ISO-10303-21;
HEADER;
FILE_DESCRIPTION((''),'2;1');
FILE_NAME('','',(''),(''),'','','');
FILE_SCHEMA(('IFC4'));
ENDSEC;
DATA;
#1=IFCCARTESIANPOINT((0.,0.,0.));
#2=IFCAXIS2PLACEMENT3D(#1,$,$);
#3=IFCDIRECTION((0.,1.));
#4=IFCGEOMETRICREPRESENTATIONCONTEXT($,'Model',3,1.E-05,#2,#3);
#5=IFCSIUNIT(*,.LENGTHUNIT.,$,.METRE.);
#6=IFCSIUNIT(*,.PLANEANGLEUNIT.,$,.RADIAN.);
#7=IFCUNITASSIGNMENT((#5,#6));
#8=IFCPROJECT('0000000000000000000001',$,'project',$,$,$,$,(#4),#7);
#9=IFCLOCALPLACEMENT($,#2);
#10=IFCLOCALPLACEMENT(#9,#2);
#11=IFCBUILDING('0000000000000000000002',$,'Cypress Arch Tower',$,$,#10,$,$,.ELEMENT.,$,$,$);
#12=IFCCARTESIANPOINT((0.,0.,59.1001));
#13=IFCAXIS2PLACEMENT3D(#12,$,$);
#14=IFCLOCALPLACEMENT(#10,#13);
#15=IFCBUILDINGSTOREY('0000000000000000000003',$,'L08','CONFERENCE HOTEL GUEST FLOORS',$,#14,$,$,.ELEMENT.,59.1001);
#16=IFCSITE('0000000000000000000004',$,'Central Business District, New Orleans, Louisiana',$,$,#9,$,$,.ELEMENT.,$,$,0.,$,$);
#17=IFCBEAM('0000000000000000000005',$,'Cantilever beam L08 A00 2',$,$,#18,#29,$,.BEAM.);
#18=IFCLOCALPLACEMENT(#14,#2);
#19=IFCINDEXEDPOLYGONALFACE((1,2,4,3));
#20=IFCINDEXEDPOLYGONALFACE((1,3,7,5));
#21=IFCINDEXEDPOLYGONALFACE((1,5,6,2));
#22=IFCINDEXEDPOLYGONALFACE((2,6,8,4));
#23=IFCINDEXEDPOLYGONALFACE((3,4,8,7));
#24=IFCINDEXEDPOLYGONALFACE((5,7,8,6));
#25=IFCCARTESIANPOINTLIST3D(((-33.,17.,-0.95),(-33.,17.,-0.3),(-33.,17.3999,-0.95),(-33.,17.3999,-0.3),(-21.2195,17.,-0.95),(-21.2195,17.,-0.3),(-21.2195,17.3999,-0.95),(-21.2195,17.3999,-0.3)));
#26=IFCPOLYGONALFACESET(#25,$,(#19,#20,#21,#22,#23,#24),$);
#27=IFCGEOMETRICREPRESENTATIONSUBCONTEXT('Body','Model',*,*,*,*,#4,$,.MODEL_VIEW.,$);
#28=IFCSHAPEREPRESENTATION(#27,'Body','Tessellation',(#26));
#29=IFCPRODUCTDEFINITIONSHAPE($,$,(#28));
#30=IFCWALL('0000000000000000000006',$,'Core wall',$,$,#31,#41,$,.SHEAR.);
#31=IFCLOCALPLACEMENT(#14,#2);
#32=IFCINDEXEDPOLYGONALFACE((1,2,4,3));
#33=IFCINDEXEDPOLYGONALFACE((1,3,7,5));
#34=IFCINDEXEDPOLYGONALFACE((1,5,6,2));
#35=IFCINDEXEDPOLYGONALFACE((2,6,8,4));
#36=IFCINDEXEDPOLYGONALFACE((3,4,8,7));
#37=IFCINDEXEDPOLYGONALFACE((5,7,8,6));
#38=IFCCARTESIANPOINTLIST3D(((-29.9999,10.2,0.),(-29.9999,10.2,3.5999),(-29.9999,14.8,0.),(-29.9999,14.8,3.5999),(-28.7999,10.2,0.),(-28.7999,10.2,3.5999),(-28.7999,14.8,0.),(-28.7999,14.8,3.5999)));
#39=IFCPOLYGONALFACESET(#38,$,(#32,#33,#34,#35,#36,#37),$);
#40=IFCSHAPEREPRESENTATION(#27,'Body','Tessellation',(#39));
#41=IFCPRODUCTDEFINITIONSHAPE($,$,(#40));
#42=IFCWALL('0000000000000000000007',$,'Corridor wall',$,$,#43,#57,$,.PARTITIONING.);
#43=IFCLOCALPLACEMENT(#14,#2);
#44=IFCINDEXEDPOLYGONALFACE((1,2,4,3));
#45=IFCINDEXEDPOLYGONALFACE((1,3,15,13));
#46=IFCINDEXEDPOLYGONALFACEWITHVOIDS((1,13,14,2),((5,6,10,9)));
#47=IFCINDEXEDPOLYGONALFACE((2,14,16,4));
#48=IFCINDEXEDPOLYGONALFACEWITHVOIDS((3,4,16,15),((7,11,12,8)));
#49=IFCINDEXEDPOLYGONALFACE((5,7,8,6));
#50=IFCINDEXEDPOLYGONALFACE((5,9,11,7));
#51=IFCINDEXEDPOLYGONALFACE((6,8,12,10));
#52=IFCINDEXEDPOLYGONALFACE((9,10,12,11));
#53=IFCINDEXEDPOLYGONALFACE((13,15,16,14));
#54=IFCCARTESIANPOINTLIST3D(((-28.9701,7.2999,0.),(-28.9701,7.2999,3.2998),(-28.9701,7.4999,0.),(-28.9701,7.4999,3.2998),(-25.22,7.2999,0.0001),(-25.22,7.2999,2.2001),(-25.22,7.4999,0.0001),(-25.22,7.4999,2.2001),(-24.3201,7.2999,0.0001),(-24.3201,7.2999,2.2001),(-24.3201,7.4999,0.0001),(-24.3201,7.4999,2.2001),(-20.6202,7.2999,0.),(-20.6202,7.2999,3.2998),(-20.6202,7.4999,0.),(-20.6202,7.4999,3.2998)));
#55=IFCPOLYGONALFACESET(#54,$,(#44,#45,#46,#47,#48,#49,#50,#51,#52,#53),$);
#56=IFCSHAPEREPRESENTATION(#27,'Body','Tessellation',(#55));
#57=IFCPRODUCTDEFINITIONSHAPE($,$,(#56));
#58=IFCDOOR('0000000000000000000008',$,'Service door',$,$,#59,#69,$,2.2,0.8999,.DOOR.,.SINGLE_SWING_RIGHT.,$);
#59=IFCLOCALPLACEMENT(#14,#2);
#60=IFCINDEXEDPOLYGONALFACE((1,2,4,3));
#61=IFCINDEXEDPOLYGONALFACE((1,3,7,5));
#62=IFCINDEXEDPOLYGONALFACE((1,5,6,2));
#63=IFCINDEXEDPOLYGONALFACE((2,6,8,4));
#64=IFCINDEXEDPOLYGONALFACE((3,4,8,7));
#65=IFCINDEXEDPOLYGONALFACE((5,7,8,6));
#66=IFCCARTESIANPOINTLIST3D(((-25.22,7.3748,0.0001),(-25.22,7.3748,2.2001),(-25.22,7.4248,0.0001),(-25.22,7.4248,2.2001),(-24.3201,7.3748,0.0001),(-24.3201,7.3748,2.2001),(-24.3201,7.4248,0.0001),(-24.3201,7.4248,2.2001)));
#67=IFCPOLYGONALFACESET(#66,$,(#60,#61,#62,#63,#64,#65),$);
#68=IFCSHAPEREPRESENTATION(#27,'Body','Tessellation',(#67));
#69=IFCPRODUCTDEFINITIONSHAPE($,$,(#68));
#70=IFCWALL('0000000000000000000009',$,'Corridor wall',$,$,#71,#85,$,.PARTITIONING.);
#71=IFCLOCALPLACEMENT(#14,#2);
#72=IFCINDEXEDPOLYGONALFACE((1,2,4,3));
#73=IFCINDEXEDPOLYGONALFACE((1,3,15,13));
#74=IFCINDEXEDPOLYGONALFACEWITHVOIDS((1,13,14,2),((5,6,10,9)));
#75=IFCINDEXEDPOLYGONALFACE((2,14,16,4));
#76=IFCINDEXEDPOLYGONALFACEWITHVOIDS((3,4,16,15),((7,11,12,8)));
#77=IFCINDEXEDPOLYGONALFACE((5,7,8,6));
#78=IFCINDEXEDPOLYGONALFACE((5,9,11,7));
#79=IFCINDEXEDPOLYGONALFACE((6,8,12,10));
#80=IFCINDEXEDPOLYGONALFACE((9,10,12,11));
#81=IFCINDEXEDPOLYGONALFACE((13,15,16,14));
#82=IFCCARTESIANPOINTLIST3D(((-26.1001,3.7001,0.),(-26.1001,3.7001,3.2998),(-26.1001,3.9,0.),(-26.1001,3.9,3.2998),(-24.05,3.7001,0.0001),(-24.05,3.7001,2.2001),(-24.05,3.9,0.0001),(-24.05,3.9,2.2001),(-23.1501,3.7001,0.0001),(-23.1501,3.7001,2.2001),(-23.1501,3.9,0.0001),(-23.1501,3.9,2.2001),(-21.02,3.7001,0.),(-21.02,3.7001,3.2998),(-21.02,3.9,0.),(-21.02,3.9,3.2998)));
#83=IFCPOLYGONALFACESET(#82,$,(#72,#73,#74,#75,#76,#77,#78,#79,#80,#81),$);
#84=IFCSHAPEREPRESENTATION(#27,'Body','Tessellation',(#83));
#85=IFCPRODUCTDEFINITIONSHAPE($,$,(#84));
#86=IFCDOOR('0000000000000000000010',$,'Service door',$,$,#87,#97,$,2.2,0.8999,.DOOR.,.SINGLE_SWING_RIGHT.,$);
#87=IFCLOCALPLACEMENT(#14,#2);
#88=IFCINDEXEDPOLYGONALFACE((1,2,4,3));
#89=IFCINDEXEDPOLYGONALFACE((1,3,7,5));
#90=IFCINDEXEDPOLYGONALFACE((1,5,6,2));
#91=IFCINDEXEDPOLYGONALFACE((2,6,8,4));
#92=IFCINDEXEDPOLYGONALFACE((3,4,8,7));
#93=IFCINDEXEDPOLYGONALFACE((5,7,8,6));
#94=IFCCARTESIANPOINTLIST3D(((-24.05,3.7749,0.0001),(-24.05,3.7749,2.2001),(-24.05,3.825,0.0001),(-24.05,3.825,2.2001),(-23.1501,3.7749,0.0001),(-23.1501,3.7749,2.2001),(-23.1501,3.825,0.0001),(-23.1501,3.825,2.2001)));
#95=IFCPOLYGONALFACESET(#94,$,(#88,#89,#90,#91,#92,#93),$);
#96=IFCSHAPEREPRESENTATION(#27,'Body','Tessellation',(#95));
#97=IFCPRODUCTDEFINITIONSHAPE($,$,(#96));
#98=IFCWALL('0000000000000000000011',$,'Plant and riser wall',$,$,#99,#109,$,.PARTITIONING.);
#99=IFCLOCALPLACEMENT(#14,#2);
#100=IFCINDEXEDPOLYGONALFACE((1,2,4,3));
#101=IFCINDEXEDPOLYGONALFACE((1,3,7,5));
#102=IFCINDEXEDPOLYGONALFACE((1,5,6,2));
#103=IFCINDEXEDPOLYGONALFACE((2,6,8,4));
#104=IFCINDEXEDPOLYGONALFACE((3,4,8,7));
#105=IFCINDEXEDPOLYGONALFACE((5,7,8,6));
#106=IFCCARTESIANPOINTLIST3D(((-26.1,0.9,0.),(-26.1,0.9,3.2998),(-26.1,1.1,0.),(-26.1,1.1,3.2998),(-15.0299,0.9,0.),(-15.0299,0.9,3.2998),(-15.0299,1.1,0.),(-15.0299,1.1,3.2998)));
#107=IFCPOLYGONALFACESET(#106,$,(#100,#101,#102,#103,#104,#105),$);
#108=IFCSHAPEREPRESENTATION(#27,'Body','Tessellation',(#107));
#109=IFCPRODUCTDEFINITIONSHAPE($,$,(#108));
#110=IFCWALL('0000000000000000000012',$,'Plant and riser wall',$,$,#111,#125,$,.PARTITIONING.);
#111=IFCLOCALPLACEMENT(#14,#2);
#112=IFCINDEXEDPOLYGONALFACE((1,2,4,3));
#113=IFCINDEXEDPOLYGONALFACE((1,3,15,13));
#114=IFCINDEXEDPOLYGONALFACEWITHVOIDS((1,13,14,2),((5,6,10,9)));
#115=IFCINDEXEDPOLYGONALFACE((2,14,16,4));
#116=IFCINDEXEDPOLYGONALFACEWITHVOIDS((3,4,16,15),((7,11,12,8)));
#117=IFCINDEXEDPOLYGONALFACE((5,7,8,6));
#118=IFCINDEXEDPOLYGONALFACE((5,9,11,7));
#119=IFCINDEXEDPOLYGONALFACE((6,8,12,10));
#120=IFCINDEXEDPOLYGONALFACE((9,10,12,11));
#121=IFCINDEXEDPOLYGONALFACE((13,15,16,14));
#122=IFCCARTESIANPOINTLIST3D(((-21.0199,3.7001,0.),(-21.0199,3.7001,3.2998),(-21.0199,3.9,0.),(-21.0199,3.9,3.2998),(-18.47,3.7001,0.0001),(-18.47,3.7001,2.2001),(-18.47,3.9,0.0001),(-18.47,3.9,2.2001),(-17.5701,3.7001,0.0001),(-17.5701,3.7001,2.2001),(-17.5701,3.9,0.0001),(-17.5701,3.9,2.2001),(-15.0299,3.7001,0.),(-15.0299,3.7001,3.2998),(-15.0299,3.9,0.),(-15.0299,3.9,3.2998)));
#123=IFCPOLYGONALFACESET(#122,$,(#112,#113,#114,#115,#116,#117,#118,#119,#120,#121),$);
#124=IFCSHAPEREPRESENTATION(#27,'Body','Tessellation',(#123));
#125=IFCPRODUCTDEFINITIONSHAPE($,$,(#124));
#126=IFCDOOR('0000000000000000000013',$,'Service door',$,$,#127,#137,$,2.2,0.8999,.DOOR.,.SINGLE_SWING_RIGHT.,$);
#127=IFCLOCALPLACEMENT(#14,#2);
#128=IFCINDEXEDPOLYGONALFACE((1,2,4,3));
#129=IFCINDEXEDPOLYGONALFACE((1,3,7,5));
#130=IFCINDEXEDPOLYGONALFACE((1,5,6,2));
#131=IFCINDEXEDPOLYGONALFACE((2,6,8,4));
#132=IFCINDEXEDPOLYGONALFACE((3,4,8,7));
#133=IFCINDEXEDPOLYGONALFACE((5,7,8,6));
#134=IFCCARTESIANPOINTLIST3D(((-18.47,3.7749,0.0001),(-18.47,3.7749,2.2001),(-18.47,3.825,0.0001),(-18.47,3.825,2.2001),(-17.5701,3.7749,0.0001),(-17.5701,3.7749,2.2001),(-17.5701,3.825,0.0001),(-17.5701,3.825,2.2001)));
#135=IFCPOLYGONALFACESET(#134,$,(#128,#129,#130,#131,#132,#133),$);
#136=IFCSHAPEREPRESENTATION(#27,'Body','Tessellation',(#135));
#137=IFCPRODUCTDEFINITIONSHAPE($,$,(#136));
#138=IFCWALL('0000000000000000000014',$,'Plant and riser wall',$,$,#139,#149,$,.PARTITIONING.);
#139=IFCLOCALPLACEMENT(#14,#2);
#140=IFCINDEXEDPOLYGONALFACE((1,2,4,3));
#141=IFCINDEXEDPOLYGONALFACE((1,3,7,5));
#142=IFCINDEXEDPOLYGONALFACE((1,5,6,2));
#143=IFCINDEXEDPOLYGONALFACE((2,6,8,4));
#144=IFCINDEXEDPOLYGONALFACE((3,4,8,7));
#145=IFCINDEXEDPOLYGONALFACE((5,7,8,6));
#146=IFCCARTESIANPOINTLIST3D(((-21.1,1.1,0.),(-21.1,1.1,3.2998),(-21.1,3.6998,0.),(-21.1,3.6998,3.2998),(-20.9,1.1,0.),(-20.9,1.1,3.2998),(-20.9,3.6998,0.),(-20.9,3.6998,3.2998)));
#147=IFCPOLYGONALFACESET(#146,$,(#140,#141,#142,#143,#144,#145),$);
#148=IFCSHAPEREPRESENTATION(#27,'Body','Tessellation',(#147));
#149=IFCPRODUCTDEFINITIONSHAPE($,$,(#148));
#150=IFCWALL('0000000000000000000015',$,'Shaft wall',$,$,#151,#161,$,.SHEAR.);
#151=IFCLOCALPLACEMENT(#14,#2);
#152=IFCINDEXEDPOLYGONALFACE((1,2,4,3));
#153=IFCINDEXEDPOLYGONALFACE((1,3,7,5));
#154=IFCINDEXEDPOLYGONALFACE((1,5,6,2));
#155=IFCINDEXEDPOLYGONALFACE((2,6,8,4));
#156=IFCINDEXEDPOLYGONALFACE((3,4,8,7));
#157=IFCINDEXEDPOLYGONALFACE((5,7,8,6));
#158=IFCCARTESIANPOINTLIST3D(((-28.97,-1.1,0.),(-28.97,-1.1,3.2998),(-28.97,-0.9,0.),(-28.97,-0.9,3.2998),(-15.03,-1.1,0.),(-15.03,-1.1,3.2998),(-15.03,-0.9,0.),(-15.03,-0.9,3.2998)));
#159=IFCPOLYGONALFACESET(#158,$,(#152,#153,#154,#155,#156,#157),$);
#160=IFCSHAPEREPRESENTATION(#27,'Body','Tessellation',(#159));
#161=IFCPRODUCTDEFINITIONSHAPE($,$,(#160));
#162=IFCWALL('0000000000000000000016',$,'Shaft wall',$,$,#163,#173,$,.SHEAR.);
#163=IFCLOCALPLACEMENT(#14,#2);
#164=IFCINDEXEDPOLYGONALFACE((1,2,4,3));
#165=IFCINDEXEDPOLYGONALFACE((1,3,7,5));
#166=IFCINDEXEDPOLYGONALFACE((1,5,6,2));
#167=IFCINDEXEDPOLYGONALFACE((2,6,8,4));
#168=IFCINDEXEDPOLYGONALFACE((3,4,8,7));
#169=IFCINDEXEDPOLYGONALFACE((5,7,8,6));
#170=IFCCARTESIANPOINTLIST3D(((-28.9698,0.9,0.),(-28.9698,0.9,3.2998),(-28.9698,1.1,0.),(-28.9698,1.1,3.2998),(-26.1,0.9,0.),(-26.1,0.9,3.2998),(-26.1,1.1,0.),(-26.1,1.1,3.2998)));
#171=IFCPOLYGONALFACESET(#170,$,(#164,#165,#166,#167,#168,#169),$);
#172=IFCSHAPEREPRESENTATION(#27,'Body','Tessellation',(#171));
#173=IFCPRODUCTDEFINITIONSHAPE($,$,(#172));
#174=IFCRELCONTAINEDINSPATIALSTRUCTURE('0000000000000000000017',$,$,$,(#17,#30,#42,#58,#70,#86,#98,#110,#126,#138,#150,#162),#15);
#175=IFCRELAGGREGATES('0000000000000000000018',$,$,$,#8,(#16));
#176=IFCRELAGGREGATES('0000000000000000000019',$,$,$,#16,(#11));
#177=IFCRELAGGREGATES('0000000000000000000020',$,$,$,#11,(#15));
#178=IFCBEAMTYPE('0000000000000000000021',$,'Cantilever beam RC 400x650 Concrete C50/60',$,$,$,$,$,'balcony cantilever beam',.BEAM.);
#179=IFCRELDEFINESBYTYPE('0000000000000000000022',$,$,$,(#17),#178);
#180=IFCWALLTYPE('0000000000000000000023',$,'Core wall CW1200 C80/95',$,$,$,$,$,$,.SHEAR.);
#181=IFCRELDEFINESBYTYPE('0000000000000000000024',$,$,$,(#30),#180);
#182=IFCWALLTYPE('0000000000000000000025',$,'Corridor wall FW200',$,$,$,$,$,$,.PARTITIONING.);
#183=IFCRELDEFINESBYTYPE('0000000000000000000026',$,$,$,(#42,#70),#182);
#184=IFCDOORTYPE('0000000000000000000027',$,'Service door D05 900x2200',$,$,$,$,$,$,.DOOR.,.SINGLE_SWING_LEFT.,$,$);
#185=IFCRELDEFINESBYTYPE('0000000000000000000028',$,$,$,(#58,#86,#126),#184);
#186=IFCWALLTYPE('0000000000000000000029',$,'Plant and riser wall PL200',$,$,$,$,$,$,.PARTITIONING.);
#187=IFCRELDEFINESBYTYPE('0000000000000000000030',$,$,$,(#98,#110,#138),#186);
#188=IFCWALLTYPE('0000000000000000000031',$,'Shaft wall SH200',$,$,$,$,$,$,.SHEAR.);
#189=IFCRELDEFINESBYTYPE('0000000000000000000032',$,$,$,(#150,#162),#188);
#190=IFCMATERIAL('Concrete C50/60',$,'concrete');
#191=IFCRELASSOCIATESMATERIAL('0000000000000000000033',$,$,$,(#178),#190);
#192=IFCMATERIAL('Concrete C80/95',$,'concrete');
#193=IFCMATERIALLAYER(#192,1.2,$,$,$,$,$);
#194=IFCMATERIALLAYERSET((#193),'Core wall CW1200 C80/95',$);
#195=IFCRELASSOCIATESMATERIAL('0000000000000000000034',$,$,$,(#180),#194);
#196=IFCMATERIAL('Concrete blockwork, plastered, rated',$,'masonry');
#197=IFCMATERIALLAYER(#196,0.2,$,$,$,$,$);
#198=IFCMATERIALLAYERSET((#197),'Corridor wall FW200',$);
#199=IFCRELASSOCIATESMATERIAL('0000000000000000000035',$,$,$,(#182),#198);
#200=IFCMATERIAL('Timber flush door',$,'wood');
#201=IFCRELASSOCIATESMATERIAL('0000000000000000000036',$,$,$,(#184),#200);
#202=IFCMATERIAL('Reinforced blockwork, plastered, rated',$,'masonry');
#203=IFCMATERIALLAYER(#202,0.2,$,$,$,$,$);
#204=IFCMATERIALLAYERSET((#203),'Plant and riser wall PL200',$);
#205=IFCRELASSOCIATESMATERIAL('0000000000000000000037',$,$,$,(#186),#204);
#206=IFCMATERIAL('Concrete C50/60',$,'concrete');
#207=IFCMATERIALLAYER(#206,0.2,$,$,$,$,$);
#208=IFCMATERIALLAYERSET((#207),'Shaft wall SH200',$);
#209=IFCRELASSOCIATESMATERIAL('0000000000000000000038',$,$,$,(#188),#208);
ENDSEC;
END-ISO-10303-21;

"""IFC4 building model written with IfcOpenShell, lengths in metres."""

from ifc_helpers import new_model, si_unit, direction, frame, frame_2d, origin, origin_2d, place, context, subcontext, project, spatial, rectangle, extrude, material, layer, layer_set, material_profile, profile_set, type_object, element, fill, save


model = new_model("IFC4")

# Units and contexts
model_context = context("Model", 3, precision=1e-05, world=origin(), true_north=direction((0.0, 1.0)))
body_context = subcontext(model_context, "Body", "Model", "MODEL_VIEW")
ifc_project = project(units=[si_unit("LENGTHUNIT", "METRE"), si_unit("PLANEANGLEUNIT", "RADIAN")], contexts=[model_context])

# Site, building, storey
site_placement = place(None, origin())
site = spatial("IfcSite", under=ifc_project, at=site_placement, Name="Central Business District, New Orleans, Louisiana", CompositionType="ELEMENT", RefElevation=0.0)
building_placement = place(site_placement, origin())
building = spatial("IfcBuilding", under=site, at=building_placement, Name="Cypress Arch Tower", CompositionType="ELEMENT")
storey_placement = place(building_placement, frame((0.0, 0.0, 59.1001)))
storey = spatial("IfcBuildingStorey", under=building, at=storey_placement, Name="L08", Description="CONFERENCE HOTEL GUEST FLOORS", CompositionType="ELEMENT", Elevation=59.1001)

# Beam
ifc_material_1 = material(Name="Concrete C50/60", Category="concrete")
ifc_material_profile = material_profile(ifc_material_1, rectangle(XDim=0.3999, YDim=0.6499, at=origin_2d()), Name="RC 400x650")
ifc_profile_set = profile_set([ifc_material_profile], Name="Concrete C50/60")
beam_type = type_object("IfcBeamType", Name="Cantilever beam RC 400x650 Concrete C50/60", ElementType="balcony cantilever beam", PredefinedType="BEAM", material=ifc_profile_set)
beam_placement = place(storey_placement, frame((-21.2195, 17.2, -0.625), z_axis=(-1.0, 0.0, 0.0), x_axis=(0.0, -1.0, 0.0)))
element("IfcBeam", 1, at=beam_placement, inside=storey, type_object=beam_type, Name="Cantilever beam L08 A00 2", PredefinedType="BEAM", context=body_context, shape_type="SweptSolid", body=[
    extrude(rectangle(XDim=0.3999, YDim=0.6499, at=origin_2d()), origin(), (0.0, 0.0, 1.0), 11.7805),
])

# Shared definitions
ifc_material_2 = material(Name="Concrete C80/95", Category="concrete")
ifc_layer_1 = layer(ifc_material_2, 1.2)
ifc_layer_set_1 = layer_set([ifc_layer_1], Name="Core wall CW1200 C80/95")
wall_type_1 = type_object("IfcWallType", Name="Core wall CW1200 C80/95", PredefinedType="SHEAR", material=ifc_layer_set_1)

# Wall
wall_1_placement = place(storey_placement, frame((-29.3999, 10.2, 0.0), z_axis=(0.0, 0.0, 1.0), x_axis=(0.0, 1.0, 0.0)))
element("IfcWall", 2, at=wall_1_placement, inside=storey, type_object=wall_type_1, Name="Core wall", PredefinedType="SHEAR", context=body_context, shape_type="SweptSolid", body=[
    extrude(rectangle(XDim=4.6001, YDim=1.2, at=frame_2d((2.3, 0.0))), origin(), (0.0, 0.0, 1.0), 3.5999),
])

# Walls, openings, doors
ifc_material_3 = material(Name="Concrete blockwork, plastered, rated", Category="masonry")
ifc_layer_2 = layer(ifc_material_3, 0.2)
ifc_layer_set_2 = layer_set([ifc_layer_2], Name="Corridor wall FW200")
wall_type_2 = type_object("IfcWallType", Name="Corridor wall FW200", PredefinedType="PARTITIONING", material=ifc_layer_set_2)
wall_2_placement = place(storey_placement, frame((-28.97, 7.3999, 0.0), z_axis=(0.0, 0.0, 1.0), x_axis=(1.0, 0.0, 0.0)))
wall_2 = element("IfcWall", 3, at=wall_2_placement, inside=storey, type_object=wall_type_2, Name="Corridor wall", PredefinedType="PARTITIONING", context=body_context, shape_type="SweptSolid", body=[
    extrude(rectangle(XDim=8.3499, YDim=0.2, at=frame_2d((4.1748, 0.0))), origin(), (0.0, 0.0, 1.0), 3.2998),
])
opening_1_placement = place(wall_2_placement, frame((3.75, 0.0, 0.0)))
opening_1 = element("IfcOpeningElement", 4, at=opening_1_placement, cuts=wall_2, PredefinedType="OPENING", context=body_context, shape_type="SweptSolid", body=[
    extrude(rectangle(XDim=0.8999, YDim=2.2, at=frame_2d((0.45, 1.1001))), frame((0.0, 0.1099, 0.0), z_axis=(0.0, -1.0, 0.0), x_axis=(1.0, 0.0, 0.0)), (0.0, 0.0, 1.0), 0.22),
])
ifc_material_4 = material(Name="Timber flush door", Category="wood")
door_type_1 = type_object("IfcDoorType", Name="Service door D05 900x2200", OperationType="SINGLE_SWING_LEFT", PredefinedType="DOOR", material=ifc_material_4)
door_1_placement = place(opening_1_placement, origin())
door_1 = element("IfcDoor", 5, at=door_1_placement, inside=storey, type_object=door_type_1, Name="Service door", OperationType="SINGLE_SWING_RIGHT", OverallHeight=2.2, OverallWidth=0.8999, PredefinedType="DOOR", context=body_context, shape_type="SweptSolid", body=[
    extrude(rectangle(XDim=0.8999, YDim=2.2, at=frame_2d((0.45, 1.1001))), frame((0.0, 0.0249, 0.0), z_axis=(0.0, -1.0, 0.0), x_axis=(1.0, 0.0, 0.0)), (0.0, 0.0, 1.0), 0.05),
])
fill(opening_1, door_1)
wall_3_placement = place(storey_placement, frame((-26.1001, 3.8, 0.0), z_axis=(0.0, 0.0, 1.0), x_axis=(1.0, 0.0, 0.0)))
wall_3 = element("IfcWall", 6, at=wall_3_placement, inside=storey, type_object=wall_type_2, Name="Corridor wall", PredefinedType="PARTITIONING", context=body_context, shape_type="SweptSolid", body=[
    extrude(rectangle(XDim=5.0801, YDim=0.2, at=frame_2d((2.54, 0.0))), origin(), (0.0, 0.0, 1.0), 3.2998),
])
opening_2_placement = place(wall_3_placement, frame((2.05, 0.0, 0.0)))
opening_2 = element("IfcOpeningElement", 7, at=opening_2_placement, cuts=wall_3, PredefinedType="OPENING", context=body_context, shape_type="SweptSolid", body=[
    extrude(rectangle(XDim=0.8999, YDim=2.2, at=frame_2d((0.45, 1.1001))), frame((0.0, 0.1099, 0.0), z_axis=(0.0, -1.0, 0.0), x_axis=(1.0, 0.0, 0.0)), (0.0, 0.0, 1.0), 0.22),
])
door_2_placement = place(opening_2_placement, origin())
door_2 = element("IfcDoor", 8, at=door_2_placement, inside=storey, type_object=door_type_1, Name="Service door", OperationType="SINGLE_SWING_RIGHT", OverallHeight=2.2, OverallWidth=0.8999, PredefinedType="DOOR", context=body_context, shape_type="SweptSolid", body=[
    extrude(rectangle(XDim=0.8999, YDim=2.2, at=frame_2d((0.45, 1.1001))), frame((0.0, 0.0249, 0.0), z_axis=(0.0, -1.0, 0.0), x_axis=(1.0, 0.0, 0.0)), (0.0, 0.0, 1.0), 0.05),
])
fill(opening_2, door_2)

# Wall
ifc_material_5 = material(Name="Reinforced blockwork, plastered, rated", Category="masonry")
ifc_layer_3 = layer(ifc_material_5, 0.2)
ifc_layer_set_3 = layer_set([ifc_layer_3], Name="Plant and riser wall PL200")
wall_type_3 = type_object("IfcWallType", Name="Plant and riser wall PL200", PredefinedType="PARTITIONING", material=ifc_layer_set_3)
wall_4_placement = place(storey_placement, frame((-26.1001, 1.0, 0.0), z_axis=(0.0, 0.0, 1.0), x_axis=(1.0, 0.0, 0.0)))
element("IfcWall", 9, at=wall_4_placement, inside=storey, type_object=wall_type_3, Name="Plant and riser wall", PredefinedType="PARTITIONING", context=body_context, shape_type="SweptSolid", body=[
    extrude(rectangle(XDim=11.0701, YDim=0.2, at=frame_2d((5.5352, 0.0))), origin(), (0.0, 0.0, 1.0), 3.2998),
])

# Wall, opening, door
wall_5_placement = place(storey_placement, frame((-21.02, 3.8, 0.0), z_axis=(0.0, 0.0, 1.0), x_axis=(1.0, 0.0, 0.0)))
wall_5 = element("IfcWall", 10, at=wall_5_placement, inside=storey, type_object=wall_type_3, Name="Plant and riser wall", PredefinedType="PARTITIONING", context=body_context, shape_type="SweptSolid", body=[
    extrude(rectangle(XDim=5.99, YDim=0.2, at=frame_2d((2.9951, 0.0))), origin(), (0.0, 0.0, 1.0), 3.2998),
])
opening_3_placement = place(wall_5_placement, frame((2.55, 0.0, 0.0)))
opening_3 = element("IfcOpeningElement", 11, at=opening_3_placement, cuts=wall_5, PredefinedType="OPENING", context=body_context, shape_type="SweptSolid", body=[
    extrude(rectangle(XDim=0.8999, YDim=2.2, at=frame_2d((0.45, 1.1001))), frame((0.0, 0.1099, 0.0), z_axis=(0.0, -1.0, 0.0), x_axis=(1.0, 0.0, 0.0)), (0.0, 0.0, 1.0), 0.22),
])
door_3_placement = place(opening_3_placement, origin())
door_3 = element("IfcDoor", 12, at=door_3_placement, inside=storey, type_object=door_type_1, Name="Service door", OperationType="SINGLE_SWING_RIGHT", OverallHeight=2.2, OverallWidth=0.8999, PredefinedType="DOOR", context=body_context, shape_type="SweptSolid", body=[
    extrude(rectangle(XDim=0.8999, YDim=2.2, at=frame_2d((0.45, 1.1001))), frame((0.0, 0.0249, 0.0), z_axis=(0.0, -1.0, 0.0), x_axis=(1.0, 0.0, 0.0)), (0.0, 0.0, 1.0), 0.05),
])
fill(opening_3, door_3)

# Walls
wall_6_placement = place(storey_placement, frame((-21.0, 1.1001, 0.0), z_axis=(0.0, 0.0, 1.0), x_axis=(0.0, 1.0, 0.0)))
element("IfcWall", 13, at=wall_6_placement, inside=storey, type_object=wall_type_3, Name="Plant and riser wall", PredefinedType="PARTITIONING", context=body_context, shape_type="SweptSolid", body=[
    extrude(rectangle(XDim=2.5999, YDim=0.2, at=frame_2d((1.2998, 0.0))), origin(), (0.0, 0.0, 1.0), 3.2998),
])
ifc_material_6 = material(Name="Concrete C50/60", Category="concrete")
ifc_layer_4 = layer(ifc_material_6, 0.2)
ifc_layer_set_4 = layer_set([ifc_layer_4], Name="Shaft wall SH200")
wall_type_4 = type_object("IfcWallType", Name="Shaft wall SH200", PredefinedType="SHEAR", material=ifc_layer_set_4)
wall_7_placement = place(storey_placement, frame((-28.97, -1.0, 0.0), z_axis=(0.0, 0.0, 1.0), x_axis=(1.0, 0.0, 0.0)))
element("IfcWall", 14, at=wall_7_placement, inside=storey, type_object=wall_type_4, Name="Shaft wall", PredefinedType="SHEAR", context=body_context, shape_type="SweptSolid", body=[
    extrude(rectangle(XDim=13.9399, YDim=0.2, at=frame_2d((6.97, 0.0))), origin(), (0.0, 0.0, 1.0), 3.2998),
])
for number, where, z_axis, x_axis, name in (
    (15, (-28.97, 1.0, 0.0), (0.0, 0.0, 1.0), (1.0, 0.0, 0.0), "Shaft wall"),
):
    element("IfcWall", number, at=place(storey_placement, frame(where, z_axis=z_axis, x_axis=x_axis)), inside=storey, type_object=wall_type_4, Name=name, PredefinedType="SHEAR", context=body_context, shape_type="SweptSolid", body=[
        extrude(rectangle(XDim=2.8699, YDim=0.2, at=frame_2d((1.4351, 0.0))), origin(), (0.0, 0.0, 1.0), 3.2998),
    ])

save(model, "model.ifc")
